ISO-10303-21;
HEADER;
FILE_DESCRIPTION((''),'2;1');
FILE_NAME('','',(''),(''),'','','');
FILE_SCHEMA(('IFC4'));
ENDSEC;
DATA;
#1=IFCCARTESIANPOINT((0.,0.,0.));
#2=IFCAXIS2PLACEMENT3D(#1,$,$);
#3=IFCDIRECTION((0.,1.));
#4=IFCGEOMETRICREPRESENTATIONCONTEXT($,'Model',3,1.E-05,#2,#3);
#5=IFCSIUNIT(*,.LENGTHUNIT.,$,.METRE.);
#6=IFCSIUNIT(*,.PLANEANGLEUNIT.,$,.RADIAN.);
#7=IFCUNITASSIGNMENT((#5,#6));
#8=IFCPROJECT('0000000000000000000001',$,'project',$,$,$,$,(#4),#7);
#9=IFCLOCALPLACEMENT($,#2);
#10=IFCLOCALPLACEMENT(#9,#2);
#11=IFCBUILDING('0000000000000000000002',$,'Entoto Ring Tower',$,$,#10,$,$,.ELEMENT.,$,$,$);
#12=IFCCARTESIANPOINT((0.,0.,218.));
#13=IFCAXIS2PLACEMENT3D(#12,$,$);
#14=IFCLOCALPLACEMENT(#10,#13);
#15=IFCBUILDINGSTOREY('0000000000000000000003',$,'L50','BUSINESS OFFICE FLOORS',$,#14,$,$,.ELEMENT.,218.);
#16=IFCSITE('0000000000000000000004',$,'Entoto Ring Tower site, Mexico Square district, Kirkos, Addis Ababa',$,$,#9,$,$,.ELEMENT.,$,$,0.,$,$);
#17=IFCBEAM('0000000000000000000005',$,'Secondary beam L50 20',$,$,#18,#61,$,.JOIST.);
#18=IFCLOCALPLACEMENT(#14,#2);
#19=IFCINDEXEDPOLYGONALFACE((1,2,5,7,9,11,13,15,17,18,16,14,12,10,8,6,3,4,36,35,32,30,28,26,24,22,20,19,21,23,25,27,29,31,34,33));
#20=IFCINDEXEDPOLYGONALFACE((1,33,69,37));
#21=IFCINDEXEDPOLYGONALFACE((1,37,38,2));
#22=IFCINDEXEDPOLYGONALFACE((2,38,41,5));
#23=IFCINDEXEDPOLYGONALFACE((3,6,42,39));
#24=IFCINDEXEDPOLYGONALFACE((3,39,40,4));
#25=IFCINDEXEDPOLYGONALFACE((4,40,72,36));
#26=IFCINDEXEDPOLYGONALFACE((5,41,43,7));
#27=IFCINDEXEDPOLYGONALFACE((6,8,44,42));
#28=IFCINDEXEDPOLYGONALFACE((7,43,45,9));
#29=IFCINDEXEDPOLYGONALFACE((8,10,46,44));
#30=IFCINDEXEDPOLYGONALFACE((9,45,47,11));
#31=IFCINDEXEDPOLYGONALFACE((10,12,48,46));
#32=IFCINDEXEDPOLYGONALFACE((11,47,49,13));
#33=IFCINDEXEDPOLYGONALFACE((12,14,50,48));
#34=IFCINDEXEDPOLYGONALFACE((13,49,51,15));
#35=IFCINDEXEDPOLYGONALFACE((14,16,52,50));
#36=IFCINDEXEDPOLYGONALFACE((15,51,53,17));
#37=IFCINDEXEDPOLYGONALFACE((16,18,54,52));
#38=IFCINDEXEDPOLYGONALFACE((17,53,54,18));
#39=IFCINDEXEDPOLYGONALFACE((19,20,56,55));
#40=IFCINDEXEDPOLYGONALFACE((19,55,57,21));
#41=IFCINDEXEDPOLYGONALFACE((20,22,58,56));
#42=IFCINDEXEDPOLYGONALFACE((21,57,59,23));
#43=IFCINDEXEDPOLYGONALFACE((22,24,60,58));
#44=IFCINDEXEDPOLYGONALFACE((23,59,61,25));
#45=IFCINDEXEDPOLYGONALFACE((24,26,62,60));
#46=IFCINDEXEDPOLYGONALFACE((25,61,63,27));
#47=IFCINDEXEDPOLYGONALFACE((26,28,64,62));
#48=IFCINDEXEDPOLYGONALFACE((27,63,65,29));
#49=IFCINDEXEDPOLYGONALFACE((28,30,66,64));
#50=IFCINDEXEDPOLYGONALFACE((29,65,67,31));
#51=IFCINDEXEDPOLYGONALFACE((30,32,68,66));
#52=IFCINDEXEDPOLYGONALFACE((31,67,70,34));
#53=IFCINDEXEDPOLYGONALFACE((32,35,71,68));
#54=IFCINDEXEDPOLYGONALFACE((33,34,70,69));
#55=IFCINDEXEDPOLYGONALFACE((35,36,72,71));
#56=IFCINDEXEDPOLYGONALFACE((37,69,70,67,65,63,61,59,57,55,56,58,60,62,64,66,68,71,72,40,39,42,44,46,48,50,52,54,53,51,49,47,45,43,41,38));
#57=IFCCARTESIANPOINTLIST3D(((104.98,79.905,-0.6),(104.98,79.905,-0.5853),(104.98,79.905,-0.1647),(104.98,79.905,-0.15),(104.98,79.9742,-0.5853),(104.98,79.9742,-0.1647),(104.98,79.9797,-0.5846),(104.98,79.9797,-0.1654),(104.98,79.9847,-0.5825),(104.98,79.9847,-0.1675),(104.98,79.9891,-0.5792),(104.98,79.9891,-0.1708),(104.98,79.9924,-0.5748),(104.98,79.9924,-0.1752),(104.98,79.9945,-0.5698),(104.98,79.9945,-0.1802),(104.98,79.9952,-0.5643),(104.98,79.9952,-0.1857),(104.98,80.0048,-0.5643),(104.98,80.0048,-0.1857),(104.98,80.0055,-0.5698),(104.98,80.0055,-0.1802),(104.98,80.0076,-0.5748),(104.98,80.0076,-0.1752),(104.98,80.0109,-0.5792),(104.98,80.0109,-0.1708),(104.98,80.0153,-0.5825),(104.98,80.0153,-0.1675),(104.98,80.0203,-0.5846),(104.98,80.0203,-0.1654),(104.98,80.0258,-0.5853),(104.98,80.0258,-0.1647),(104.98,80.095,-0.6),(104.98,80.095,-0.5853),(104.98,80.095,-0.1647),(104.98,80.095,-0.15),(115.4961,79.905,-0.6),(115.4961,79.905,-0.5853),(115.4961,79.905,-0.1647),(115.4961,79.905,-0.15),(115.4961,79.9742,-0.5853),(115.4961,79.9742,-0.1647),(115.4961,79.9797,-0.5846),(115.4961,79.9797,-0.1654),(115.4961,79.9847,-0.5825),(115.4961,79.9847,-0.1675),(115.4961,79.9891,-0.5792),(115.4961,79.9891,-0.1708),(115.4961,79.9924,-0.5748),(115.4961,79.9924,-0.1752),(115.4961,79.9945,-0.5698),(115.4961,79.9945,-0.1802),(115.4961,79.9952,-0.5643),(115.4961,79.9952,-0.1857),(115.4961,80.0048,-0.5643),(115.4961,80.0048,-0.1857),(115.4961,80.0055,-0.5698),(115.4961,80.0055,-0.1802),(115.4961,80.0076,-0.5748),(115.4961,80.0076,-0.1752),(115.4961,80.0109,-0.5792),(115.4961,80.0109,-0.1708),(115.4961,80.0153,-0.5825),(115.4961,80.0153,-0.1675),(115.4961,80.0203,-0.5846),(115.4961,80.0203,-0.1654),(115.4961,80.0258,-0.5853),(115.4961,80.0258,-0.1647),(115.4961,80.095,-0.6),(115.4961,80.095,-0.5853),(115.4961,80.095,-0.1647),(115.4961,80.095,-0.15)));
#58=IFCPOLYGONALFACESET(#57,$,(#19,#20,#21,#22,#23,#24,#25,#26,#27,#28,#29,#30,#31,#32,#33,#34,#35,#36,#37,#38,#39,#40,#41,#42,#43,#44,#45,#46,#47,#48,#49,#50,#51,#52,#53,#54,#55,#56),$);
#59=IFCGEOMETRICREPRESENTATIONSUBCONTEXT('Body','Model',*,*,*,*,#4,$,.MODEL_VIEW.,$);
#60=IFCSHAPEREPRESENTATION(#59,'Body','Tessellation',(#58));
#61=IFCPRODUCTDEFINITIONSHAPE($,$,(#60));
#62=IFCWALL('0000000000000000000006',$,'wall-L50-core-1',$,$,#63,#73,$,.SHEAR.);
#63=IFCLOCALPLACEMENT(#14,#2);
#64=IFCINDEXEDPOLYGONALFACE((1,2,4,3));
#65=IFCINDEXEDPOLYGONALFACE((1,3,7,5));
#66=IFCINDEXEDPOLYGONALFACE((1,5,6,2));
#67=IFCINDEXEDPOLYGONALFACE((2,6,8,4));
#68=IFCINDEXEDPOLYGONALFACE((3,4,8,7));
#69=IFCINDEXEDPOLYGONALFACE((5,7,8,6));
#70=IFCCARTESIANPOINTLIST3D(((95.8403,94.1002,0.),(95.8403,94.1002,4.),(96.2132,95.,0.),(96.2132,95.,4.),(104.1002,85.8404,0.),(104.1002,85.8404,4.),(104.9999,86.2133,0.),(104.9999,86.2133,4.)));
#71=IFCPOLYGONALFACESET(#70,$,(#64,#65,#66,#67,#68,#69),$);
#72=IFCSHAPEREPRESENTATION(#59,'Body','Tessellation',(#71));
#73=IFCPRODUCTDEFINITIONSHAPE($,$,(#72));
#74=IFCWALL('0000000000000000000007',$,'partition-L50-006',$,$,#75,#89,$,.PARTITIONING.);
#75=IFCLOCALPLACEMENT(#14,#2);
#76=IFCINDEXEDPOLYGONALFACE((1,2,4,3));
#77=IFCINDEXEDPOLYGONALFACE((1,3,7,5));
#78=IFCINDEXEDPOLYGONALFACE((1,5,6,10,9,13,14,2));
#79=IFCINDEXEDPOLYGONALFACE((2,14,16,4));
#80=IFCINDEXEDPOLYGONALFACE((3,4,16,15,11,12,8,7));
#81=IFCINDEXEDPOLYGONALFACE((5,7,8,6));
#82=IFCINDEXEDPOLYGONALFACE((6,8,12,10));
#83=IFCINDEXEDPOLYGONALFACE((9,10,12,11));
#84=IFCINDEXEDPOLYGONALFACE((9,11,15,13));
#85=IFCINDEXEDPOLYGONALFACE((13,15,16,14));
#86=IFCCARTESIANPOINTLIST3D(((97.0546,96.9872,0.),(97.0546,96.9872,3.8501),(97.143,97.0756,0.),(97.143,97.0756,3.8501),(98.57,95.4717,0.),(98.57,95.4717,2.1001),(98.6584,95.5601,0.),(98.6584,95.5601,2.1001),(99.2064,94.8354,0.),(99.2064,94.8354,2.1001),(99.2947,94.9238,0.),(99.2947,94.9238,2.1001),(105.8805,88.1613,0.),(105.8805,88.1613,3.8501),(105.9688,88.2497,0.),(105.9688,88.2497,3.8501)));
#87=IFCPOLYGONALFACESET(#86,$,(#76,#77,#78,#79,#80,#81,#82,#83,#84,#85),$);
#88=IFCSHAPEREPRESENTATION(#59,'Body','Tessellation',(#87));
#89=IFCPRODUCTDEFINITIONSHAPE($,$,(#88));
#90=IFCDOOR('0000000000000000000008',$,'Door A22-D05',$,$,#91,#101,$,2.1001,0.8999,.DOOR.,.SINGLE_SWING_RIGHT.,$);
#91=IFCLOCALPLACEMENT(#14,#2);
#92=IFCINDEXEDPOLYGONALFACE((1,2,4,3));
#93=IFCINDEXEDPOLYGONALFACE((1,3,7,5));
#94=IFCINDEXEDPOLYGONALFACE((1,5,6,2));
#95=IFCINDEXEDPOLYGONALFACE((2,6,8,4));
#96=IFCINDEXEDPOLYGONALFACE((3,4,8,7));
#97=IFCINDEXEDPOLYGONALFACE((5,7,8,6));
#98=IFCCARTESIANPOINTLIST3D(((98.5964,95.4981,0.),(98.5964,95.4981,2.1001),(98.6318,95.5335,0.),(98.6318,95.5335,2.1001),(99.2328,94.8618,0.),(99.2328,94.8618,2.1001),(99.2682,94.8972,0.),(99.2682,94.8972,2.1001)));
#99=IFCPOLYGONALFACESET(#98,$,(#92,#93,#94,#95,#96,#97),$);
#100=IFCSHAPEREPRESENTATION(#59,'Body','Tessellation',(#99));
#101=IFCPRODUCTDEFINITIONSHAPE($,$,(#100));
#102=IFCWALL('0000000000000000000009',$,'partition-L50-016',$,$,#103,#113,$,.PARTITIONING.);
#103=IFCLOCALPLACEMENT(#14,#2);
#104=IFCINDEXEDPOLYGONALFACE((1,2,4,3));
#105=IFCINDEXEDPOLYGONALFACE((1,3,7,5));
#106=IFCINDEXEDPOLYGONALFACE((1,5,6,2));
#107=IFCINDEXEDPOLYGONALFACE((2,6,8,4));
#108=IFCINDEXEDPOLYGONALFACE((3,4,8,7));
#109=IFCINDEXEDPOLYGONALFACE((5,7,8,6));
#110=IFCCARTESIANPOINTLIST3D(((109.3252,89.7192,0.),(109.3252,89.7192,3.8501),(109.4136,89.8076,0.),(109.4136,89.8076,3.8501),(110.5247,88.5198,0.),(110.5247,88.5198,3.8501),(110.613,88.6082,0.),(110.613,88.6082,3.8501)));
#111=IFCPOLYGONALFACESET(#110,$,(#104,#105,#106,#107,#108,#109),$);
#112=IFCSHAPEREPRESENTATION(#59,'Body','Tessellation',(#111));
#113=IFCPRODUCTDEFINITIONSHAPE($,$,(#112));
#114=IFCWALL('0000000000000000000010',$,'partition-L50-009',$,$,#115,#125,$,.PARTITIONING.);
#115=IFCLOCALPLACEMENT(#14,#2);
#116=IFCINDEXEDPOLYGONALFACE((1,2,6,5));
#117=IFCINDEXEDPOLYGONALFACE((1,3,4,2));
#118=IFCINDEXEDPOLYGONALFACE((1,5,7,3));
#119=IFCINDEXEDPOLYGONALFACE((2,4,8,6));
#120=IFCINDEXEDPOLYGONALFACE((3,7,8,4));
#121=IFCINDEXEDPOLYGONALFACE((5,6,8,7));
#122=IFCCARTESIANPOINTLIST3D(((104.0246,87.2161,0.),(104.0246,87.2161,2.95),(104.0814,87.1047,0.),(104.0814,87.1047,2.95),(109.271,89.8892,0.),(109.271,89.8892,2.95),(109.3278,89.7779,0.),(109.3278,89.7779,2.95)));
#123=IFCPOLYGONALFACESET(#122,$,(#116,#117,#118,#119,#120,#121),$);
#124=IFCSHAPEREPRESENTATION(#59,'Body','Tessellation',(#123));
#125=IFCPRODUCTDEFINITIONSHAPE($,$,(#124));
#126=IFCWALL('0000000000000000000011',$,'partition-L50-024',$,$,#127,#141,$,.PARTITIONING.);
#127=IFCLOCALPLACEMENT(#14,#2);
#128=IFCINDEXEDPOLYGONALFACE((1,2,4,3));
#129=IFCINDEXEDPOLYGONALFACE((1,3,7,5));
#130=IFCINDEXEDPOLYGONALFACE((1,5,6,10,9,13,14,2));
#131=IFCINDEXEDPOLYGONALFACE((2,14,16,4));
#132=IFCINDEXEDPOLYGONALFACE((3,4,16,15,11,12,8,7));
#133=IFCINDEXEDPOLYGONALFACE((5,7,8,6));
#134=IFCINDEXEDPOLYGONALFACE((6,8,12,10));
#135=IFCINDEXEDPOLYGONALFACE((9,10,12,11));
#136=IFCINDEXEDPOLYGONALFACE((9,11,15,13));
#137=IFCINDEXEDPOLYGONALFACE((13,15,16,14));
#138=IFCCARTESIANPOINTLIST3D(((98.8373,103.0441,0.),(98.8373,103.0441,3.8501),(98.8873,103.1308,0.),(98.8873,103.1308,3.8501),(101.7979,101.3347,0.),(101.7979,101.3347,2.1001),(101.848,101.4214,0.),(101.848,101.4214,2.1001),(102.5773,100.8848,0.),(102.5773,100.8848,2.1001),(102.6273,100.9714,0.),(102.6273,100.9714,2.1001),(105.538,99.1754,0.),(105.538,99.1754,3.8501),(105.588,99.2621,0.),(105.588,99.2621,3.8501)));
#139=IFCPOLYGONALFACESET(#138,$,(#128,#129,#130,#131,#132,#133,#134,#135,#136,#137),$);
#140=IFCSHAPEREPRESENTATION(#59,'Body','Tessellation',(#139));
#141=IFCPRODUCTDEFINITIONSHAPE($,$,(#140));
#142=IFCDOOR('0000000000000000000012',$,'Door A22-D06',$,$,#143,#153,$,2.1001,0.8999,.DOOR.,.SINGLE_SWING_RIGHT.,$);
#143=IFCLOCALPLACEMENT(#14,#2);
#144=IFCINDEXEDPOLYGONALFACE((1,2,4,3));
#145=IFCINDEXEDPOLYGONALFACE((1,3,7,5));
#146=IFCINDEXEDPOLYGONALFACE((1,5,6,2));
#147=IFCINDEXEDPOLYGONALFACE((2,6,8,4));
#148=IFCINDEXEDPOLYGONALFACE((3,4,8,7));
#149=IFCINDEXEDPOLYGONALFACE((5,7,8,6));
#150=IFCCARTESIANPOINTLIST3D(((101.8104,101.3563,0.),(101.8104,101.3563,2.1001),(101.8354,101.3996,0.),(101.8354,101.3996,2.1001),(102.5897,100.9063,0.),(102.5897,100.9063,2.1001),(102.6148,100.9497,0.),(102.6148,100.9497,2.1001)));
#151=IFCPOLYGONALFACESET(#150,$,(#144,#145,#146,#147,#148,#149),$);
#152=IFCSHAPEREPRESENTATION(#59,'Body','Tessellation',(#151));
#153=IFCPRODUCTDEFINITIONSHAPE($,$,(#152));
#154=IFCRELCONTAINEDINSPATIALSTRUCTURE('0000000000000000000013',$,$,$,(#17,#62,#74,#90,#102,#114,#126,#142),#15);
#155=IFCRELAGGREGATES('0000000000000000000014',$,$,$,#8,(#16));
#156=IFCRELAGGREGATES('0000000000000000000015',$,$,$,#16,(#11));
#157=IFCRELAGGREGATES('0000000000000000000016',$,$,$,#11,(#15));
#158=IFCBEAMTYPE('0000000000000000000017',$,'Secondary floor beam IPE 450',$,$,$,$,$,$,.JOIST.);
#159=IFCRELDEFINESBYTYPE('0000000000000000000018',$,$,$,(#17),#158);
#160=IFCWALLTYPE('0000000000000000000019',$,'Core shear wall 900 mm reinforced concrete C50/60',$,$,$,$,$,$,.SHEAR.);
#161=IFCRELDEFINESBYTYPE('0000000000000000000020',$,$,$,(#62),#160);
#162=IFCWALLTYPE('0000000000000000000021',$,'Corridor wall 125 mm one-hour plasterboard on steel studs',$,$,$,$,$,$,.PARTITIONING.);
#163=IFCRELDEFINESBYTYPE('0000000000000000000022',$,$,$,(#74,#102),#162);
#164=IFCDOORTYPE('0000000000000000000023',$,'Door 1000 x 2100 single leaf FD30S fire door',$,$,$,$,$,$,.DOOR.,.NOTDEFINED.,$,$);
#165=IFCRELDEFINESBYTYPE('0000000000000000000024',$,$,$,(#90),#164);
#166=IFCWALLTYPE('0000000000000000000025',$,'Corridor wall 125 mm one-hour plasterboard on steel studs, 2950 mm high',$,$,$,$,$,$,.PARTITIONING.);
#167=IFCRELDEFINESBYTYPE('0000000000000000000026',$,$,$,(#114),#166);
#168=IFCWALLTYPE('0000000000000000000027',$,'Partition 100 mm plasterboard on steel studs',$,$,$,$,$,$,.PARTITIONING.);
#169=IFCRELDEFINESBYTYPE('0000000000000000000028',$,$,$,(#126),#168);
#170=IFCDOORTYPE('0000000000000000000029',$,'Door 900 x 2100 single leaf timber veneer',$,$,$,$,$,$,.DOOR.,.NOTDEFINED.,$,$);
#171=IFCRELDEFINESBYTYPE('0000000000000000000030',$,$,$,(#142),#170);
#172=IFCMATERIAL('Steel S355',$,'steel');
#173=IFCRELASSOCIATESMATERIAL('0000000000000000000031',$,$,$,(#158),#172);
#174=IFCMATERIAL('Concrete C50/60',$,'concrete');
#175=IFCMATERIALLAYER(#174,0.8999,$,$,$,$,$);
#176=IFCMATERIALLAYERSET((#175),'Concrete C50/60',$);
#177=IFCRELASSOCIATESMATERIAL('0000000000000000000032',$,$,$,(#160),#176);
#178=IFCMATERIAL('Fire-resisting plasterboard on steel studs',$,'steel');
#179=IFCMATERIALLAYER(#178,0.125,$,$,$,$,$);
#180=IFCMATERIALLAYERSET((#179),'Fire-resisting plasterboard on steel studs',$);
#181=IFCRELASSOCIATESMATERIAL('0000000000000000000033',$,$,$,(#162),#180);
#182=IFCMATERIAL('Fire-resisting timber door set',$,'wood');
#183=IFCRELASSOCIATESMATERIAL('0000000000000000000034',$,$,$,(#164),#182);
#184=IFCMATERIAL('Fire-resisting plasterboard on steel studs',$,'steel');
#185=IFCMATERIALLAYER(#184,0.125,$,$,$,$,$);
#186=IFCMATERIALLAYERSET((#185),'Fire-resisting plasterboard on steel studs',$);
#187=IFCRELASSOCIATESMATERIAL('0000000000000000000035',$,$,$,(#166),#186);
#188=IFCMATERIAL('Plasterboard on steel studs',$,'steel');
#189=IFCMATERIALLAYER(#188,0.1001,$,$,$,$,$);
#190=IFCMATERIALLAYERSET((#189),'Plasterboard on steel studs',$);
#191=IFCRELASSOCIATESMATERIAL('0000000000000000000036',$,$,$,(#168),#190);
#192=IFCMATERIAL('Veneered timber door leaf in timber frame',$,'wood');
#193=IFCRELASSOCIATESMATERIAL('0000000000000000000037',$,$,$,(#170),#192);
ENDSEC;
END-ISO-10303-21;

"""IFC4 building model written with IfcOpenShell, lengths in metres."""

from ifc_helpers import new_model, si_unit, direction, frame, frame_2d, origin, origin_2d, place, context, subcontext, project, spatial, polyline, rectangle, i_section, outline, extrude, material, layer, layer_set, material_profile, profile_set, type_object, element, fill, save


model = new_model("IFC4")

# Units and contexts
model_context = context("Model", 3, precision=1e-05, world=origin(), true_north=direction((0.0, 1.0)))
body_context = subcontext(model_context, "Body", "Model", "MODEL_VIEW")
ifc_project = project(units=[si_unit("LENGTHUNIT", "METRE"), si_unit("PLANEANGLEUNIT", "RADIAN")], contexts=[model_context])

# Site, building, storey
site_placement = place(None, origin())
site = spatial("IfcSite", under=ifc_project, at=site_placement, Name="Entoto Ring Tower site, Mexico Square district, Kirkos, Addis Ababa", CompositionType="ELEMENT", RefElevation=0.0)
building_placement = place(site_placement, origin())
building = spatial("IfcBuilding", under=site, at=building_placement, Name="Entoto Ring Tower", CompositionType="ELEMENT")
storey_placement = place(building_placement, frame((0.0, 0.0, 218.0)))
storey = spatial("IfcBuildingStorey", under=building, at=storey_placement, Name="L50", Description="BUSINESS OFFICE FLOORS", CompositionType="ELEMENT", Elevation=218.0)

# Beam
ifc_material_1 = material(Name="Steel S355", Category="steel")
ifc_material_profile_1 = material_profile(ifc_material_1, i_section(OverallWidth=0.1899, OverallDepth=0.45, WebThickness=0.0095, FlangeThickness=0.0146, FilletRadius=0.021, at=origin_2d()), Name="IPE 450")
ifc_profile_set_1 = profile_set([ifc_material_profile_1], Name="Steel S355")
beam_type_1 = type_object("IfcBeamType", Name="Secondary floor beam IPE 450", PredefinedType="JOIST", material=ifc_profile_set_1)
beam_1_placement = place(storey_placement, frame((104.98, 80.0, -0.375), z_axis=(1.0, 0.0, 0.0), x_axis=(0.0, 1.0, 0.0)))
element("IfcBeam", 1, at=beam_1_placement, inside=storey, type_object=beam_type_1, Name="Secondary beam L50 20", PredefinedType="JOIST", context=body_context, shape_type="SweptSolid", body=[
    extrude(i_section(OverallWidth=0.1899, OverallDepth=0.45, WebThickness=0.0095, FlangeThickness=0.0146, FilletRadius=0.021, at=origin_2d()), origin(), (0.0, 0.0, 1.0), 10.5161),
])

# Wall
ifc_material_2 = material(Name="Concrete C50/60", Category="concrete")
ifc_layer_1 = layer(ifc_material_2, 0.8999)
ifc_layer_set_1 = layer_set([ifc_layer_1], Name="Concrete C50/60")
wall_type_1 = type_object("IfcWallType", Name="Core shear wall 900 mm reinforced concrete C50/60", PredefinedType="SHEAR", material=ifc_layer_set_1)
wall_1_placement = place(storey_placement, frame((104.55, 86.0269, 0.0), z_axis=(0.0, 0.0, 1.0), x_axis=(-0.707107, 0.707107, 0.0)))
element("IfcWall", 2, at=wall_1_placement, inside=storey, type_object=wall_type_1, Name="wall-L50-core-1", PredefinedType="SHEAR", context=body_context, shape_type="SweptSolid", body=[
    extrude(outline(polyline([(-0.1863, -0.45), (12.24, -0.45), (11.8674, 0.45), (0.1863, 0.45), (-0.1863, -0.45)])), origin(), (0.0, 0.0, 1.0), 4.0),
])

# Wall, opening, door
ifc_material_3 = material(Name="Fire-resisting plasterboard on steel studs", Category="steel")
ifc_layer_2 = layer(ifc_material_3, 0.125)
ifc_layer_set_2 = layer_set([ifc_layer_2], Name="Fire-resisting plasterboard on steel studs")
wall_type_2 = type_object("IfcWallType", Name="Corridor wall 125 mm one-hour plasterboard on steel studs", PredefinedType="PARTITIONING", material=ifc_layer_set_2)
wall_2_placement = place(storey_placement, frame((105.9246, 88.2056, 0.0), z_axis=(0.0, 0.0, 1.0), x_axis=(-0.707107, 0.707107, 0.0)))
wall_2 = element("IfcWall", 3, at=wall_2_placement, inside=storey, type_object=wall_type_2, Name="partition-L50-006", PredefinedType="PARTITIONING", context=body_context, shape_type="SweptSolid", body=[
    extrude(rectangle(XDim=12.4817, YDim=0.125, at=frame_2d((6.2407, 0.0))), origin(), (0.0, 0.0, 1.0), 3.8501),
])
opening_1_placement = place(wall_2_placement, frame((9.4385, 0.0, 0.0)))
opening_1 = element("IfcOpeningElement", 4, at=opening_1_placement, cuts=wall_2, PredefinedType="OPENING", context=body_context, shape_type="SweptSolid", body=[
    extrude(rectangle(XDim=0.8999, YDim=2.1001, at=frame_2d((0.45, 1.05))), frame((0.0, 0.0725, 0.0), z_axis=(0.0, -1.0, 0.0), x_axis=(1.0, 0.0, 0.0)), (0.0, 0.0, 1.0), 0.145),
])
ifc_material_4 = material(Name="Fire-resisting timber door set", Category="wood")
door_type_1 = type_object("IfcDoorType", Name="Door 1000 x 2100 single leaf FD30S fire door", OperationType="NOTDEFINED", PredefinedType="DOOR", material=ifc_material_4)
door_1_placement = place(opening_1_placement, frame((0.8999, 0.0, 0.0), z_axis=(0.0, 0.0, 1.0), x_axis=(-1.0, 0.0, 0.0)))
door_1 = element("IfcDoor", 5, at=door_1_placement, inside=storey, type_object=door_type_1, Name="Door A22-D05", OperationType="SINGLE_SWING_RIGHT", OverallHeight=2.1001, OverallWidth=0.8999, PredefinedType="DOOR", context=body_context, shape_type="SweptSolid", body=[
    extrude(rectangle(XDim=0.8999, YDim=2.1001, at=frame_2d((0.45, 1.05))), frame((0.0, 0.0249, 0.0), z_axis=(0.0, -1.0, 0.0), x_axis=(1.0, 0.0, 0.0)), (0.0, 0.0, 1.0), 0.05),
])
fill(opening_1, door_1)

# Walls
wall_3_placement = place(storey_placement, frame((110.5688, 88.564, 0.0), z_axis=(0.0, 0.0, 1.0), x_axis=(-0.707107, 0.707107, 0.0)))
element("IfcWall", 6, at=wall_3_placement, inside=storey, type_object=wall_type_2, Name="partition-L50-016", PredefinedType="PARTITIONING", context=body_context, shape_type="SweptSolid", body=[
    extrude(rectangle(XDim=1.6963, YDim=0.125, at=frame_2d((0.8481, 0.0))), origin(), (0.0, 0.0, 1.0), 3.8501),
])
ifc_material_5 = material(Name="Fire-resisting plasterboard on steel studs", Category="steel")
ifc_layer_3 = layer(ifc_material_5, 0.125)
ifc_layer_set_3 = layer_set([ifc_layer_3], Name="Fire-resisting plasterboard on steel studs")
wall_type_3 = type_object("IfcWallType", Name="Corridor wall 125 mm one-hour plasterboard on steel studs, 2950 mm high", PredefinedType="PARTITIONING", material=ifc_layer_set_3)
wall_4_placement = place(storey_placement, frame((104.053, 87.1604, 0.0), z_axis=(0.0, 0.0, 1.0), x_axis=(0.89101, 0.453984, 0.0)))
element("IfcWall", 7, at=wall_4_placement, inside=storey, type_object=wall_type_3, Name="partition-L50-009", PredefinedType="PARTITIONING", context=body_context, shape_type="SweptSolid", body=[
    extrude(rectangle(XDim=5.8882, YDim=0.125, at=frame_2d((2.9441, 0.0))), origin(), (0.0, 0.0, 1.0), 2.95),
])

# Wall, opening, door
ifc_material_6 = material(Name="Plasterboard on steel studs", Category="steel")
ifc_layer_4 = layer(ifc_material_6, 0.1001)
ifc_layer_set_4 = layer_set([ifc_layer_4], Name="Plasterboard on steel studs")
wall_type_4 = type_object("IfcWallType", Name="Partition 100 mm plasterboard on steel studs", PredefinedType="PARTITIONING", material=ifc_layer_set_4)
wall_5_placement = place(storey_placement, frame((105.563, 99.2188, 0.0), z_axis=(0.0, 0.0, 1.0), x_axis=(-0.866025, 0.500001, 0.0)))
wall_5 = element("IfcWall", 8, at=wall_5_placement, inside=storey, type_object=wall_type_4, Name="partition-L50-024", PredefinedType="PARTITIONING", context=body_context, shape_type="SweptSolid", body=[
    extrude(rectangle(XDim=7.7373, YDim=0.1001, at=frame_2d((3.8687, 0.0))), origin(), (0.0, 0.0, 1.0), 3.8501),
])
opening_2_placement = place(wall_5_placement, frame((3.4187, 0.0, 0.0)))
opening_2 = element("IfcOpeningElement", 9, at=opening_2_placement, cuts=wall_5, PredefinedType="OPENING", context=body_context, shape_type="SweptSolid", body=[
    extrude(rectangle(XDim=0.8999, YDim=2.1001, at=frame_2d((0.45, 1.05))), frame((0.0, 0.0601, 0.0), z_axis=(0.0, -1.0, 0.0), x_axis=(1.0, 0.0, 0.0)), (0.0, 0.0, 1.0), 0.1201),
])
ifc_material_7 = material(Name="Veneered timber door leaf in timber frame", Category="wood")
door_type_2 = type_object("IfcDoorType", Name="Door 900 x 2100 single leaf timber veneer", OperationType="NOTDEFINED", PredefinedType="DOOR", material=ifc_material_7)
door_2_placement = place(opening_2_placement, frame((0.8999, 0.0, 0.0), z_axis=(0.0, 0.0, 1.0), x_axis=(-1.0, 0.0, 0.0)))
door_2 = element("IfcDoor", 10, at=door_2_placement, inside=storey, type_object=door_type_2, Name="Door A22-D06", OperationType="SINGLE_SWING_RIGHT", OverallHeight=2.1001, OverallWidth=0.8999, PredefinedType="DOOR", context=body_context, shape_type="SweptSolid", body=[
    extrude(rectangle(XDim=0.8999, YDim=2.1001, at=frame_2d((0.45, 1.05))), frame((0.0, 0.0249, 0.0), z_axis=(0.0, -1.0, 0.0), x_axis=(1.0, 0.0, 0.0)), (0.0, 0.0, 1.0), 0.05),
])
fill(opening_2, door_2)

save(model, "model.ifc")
